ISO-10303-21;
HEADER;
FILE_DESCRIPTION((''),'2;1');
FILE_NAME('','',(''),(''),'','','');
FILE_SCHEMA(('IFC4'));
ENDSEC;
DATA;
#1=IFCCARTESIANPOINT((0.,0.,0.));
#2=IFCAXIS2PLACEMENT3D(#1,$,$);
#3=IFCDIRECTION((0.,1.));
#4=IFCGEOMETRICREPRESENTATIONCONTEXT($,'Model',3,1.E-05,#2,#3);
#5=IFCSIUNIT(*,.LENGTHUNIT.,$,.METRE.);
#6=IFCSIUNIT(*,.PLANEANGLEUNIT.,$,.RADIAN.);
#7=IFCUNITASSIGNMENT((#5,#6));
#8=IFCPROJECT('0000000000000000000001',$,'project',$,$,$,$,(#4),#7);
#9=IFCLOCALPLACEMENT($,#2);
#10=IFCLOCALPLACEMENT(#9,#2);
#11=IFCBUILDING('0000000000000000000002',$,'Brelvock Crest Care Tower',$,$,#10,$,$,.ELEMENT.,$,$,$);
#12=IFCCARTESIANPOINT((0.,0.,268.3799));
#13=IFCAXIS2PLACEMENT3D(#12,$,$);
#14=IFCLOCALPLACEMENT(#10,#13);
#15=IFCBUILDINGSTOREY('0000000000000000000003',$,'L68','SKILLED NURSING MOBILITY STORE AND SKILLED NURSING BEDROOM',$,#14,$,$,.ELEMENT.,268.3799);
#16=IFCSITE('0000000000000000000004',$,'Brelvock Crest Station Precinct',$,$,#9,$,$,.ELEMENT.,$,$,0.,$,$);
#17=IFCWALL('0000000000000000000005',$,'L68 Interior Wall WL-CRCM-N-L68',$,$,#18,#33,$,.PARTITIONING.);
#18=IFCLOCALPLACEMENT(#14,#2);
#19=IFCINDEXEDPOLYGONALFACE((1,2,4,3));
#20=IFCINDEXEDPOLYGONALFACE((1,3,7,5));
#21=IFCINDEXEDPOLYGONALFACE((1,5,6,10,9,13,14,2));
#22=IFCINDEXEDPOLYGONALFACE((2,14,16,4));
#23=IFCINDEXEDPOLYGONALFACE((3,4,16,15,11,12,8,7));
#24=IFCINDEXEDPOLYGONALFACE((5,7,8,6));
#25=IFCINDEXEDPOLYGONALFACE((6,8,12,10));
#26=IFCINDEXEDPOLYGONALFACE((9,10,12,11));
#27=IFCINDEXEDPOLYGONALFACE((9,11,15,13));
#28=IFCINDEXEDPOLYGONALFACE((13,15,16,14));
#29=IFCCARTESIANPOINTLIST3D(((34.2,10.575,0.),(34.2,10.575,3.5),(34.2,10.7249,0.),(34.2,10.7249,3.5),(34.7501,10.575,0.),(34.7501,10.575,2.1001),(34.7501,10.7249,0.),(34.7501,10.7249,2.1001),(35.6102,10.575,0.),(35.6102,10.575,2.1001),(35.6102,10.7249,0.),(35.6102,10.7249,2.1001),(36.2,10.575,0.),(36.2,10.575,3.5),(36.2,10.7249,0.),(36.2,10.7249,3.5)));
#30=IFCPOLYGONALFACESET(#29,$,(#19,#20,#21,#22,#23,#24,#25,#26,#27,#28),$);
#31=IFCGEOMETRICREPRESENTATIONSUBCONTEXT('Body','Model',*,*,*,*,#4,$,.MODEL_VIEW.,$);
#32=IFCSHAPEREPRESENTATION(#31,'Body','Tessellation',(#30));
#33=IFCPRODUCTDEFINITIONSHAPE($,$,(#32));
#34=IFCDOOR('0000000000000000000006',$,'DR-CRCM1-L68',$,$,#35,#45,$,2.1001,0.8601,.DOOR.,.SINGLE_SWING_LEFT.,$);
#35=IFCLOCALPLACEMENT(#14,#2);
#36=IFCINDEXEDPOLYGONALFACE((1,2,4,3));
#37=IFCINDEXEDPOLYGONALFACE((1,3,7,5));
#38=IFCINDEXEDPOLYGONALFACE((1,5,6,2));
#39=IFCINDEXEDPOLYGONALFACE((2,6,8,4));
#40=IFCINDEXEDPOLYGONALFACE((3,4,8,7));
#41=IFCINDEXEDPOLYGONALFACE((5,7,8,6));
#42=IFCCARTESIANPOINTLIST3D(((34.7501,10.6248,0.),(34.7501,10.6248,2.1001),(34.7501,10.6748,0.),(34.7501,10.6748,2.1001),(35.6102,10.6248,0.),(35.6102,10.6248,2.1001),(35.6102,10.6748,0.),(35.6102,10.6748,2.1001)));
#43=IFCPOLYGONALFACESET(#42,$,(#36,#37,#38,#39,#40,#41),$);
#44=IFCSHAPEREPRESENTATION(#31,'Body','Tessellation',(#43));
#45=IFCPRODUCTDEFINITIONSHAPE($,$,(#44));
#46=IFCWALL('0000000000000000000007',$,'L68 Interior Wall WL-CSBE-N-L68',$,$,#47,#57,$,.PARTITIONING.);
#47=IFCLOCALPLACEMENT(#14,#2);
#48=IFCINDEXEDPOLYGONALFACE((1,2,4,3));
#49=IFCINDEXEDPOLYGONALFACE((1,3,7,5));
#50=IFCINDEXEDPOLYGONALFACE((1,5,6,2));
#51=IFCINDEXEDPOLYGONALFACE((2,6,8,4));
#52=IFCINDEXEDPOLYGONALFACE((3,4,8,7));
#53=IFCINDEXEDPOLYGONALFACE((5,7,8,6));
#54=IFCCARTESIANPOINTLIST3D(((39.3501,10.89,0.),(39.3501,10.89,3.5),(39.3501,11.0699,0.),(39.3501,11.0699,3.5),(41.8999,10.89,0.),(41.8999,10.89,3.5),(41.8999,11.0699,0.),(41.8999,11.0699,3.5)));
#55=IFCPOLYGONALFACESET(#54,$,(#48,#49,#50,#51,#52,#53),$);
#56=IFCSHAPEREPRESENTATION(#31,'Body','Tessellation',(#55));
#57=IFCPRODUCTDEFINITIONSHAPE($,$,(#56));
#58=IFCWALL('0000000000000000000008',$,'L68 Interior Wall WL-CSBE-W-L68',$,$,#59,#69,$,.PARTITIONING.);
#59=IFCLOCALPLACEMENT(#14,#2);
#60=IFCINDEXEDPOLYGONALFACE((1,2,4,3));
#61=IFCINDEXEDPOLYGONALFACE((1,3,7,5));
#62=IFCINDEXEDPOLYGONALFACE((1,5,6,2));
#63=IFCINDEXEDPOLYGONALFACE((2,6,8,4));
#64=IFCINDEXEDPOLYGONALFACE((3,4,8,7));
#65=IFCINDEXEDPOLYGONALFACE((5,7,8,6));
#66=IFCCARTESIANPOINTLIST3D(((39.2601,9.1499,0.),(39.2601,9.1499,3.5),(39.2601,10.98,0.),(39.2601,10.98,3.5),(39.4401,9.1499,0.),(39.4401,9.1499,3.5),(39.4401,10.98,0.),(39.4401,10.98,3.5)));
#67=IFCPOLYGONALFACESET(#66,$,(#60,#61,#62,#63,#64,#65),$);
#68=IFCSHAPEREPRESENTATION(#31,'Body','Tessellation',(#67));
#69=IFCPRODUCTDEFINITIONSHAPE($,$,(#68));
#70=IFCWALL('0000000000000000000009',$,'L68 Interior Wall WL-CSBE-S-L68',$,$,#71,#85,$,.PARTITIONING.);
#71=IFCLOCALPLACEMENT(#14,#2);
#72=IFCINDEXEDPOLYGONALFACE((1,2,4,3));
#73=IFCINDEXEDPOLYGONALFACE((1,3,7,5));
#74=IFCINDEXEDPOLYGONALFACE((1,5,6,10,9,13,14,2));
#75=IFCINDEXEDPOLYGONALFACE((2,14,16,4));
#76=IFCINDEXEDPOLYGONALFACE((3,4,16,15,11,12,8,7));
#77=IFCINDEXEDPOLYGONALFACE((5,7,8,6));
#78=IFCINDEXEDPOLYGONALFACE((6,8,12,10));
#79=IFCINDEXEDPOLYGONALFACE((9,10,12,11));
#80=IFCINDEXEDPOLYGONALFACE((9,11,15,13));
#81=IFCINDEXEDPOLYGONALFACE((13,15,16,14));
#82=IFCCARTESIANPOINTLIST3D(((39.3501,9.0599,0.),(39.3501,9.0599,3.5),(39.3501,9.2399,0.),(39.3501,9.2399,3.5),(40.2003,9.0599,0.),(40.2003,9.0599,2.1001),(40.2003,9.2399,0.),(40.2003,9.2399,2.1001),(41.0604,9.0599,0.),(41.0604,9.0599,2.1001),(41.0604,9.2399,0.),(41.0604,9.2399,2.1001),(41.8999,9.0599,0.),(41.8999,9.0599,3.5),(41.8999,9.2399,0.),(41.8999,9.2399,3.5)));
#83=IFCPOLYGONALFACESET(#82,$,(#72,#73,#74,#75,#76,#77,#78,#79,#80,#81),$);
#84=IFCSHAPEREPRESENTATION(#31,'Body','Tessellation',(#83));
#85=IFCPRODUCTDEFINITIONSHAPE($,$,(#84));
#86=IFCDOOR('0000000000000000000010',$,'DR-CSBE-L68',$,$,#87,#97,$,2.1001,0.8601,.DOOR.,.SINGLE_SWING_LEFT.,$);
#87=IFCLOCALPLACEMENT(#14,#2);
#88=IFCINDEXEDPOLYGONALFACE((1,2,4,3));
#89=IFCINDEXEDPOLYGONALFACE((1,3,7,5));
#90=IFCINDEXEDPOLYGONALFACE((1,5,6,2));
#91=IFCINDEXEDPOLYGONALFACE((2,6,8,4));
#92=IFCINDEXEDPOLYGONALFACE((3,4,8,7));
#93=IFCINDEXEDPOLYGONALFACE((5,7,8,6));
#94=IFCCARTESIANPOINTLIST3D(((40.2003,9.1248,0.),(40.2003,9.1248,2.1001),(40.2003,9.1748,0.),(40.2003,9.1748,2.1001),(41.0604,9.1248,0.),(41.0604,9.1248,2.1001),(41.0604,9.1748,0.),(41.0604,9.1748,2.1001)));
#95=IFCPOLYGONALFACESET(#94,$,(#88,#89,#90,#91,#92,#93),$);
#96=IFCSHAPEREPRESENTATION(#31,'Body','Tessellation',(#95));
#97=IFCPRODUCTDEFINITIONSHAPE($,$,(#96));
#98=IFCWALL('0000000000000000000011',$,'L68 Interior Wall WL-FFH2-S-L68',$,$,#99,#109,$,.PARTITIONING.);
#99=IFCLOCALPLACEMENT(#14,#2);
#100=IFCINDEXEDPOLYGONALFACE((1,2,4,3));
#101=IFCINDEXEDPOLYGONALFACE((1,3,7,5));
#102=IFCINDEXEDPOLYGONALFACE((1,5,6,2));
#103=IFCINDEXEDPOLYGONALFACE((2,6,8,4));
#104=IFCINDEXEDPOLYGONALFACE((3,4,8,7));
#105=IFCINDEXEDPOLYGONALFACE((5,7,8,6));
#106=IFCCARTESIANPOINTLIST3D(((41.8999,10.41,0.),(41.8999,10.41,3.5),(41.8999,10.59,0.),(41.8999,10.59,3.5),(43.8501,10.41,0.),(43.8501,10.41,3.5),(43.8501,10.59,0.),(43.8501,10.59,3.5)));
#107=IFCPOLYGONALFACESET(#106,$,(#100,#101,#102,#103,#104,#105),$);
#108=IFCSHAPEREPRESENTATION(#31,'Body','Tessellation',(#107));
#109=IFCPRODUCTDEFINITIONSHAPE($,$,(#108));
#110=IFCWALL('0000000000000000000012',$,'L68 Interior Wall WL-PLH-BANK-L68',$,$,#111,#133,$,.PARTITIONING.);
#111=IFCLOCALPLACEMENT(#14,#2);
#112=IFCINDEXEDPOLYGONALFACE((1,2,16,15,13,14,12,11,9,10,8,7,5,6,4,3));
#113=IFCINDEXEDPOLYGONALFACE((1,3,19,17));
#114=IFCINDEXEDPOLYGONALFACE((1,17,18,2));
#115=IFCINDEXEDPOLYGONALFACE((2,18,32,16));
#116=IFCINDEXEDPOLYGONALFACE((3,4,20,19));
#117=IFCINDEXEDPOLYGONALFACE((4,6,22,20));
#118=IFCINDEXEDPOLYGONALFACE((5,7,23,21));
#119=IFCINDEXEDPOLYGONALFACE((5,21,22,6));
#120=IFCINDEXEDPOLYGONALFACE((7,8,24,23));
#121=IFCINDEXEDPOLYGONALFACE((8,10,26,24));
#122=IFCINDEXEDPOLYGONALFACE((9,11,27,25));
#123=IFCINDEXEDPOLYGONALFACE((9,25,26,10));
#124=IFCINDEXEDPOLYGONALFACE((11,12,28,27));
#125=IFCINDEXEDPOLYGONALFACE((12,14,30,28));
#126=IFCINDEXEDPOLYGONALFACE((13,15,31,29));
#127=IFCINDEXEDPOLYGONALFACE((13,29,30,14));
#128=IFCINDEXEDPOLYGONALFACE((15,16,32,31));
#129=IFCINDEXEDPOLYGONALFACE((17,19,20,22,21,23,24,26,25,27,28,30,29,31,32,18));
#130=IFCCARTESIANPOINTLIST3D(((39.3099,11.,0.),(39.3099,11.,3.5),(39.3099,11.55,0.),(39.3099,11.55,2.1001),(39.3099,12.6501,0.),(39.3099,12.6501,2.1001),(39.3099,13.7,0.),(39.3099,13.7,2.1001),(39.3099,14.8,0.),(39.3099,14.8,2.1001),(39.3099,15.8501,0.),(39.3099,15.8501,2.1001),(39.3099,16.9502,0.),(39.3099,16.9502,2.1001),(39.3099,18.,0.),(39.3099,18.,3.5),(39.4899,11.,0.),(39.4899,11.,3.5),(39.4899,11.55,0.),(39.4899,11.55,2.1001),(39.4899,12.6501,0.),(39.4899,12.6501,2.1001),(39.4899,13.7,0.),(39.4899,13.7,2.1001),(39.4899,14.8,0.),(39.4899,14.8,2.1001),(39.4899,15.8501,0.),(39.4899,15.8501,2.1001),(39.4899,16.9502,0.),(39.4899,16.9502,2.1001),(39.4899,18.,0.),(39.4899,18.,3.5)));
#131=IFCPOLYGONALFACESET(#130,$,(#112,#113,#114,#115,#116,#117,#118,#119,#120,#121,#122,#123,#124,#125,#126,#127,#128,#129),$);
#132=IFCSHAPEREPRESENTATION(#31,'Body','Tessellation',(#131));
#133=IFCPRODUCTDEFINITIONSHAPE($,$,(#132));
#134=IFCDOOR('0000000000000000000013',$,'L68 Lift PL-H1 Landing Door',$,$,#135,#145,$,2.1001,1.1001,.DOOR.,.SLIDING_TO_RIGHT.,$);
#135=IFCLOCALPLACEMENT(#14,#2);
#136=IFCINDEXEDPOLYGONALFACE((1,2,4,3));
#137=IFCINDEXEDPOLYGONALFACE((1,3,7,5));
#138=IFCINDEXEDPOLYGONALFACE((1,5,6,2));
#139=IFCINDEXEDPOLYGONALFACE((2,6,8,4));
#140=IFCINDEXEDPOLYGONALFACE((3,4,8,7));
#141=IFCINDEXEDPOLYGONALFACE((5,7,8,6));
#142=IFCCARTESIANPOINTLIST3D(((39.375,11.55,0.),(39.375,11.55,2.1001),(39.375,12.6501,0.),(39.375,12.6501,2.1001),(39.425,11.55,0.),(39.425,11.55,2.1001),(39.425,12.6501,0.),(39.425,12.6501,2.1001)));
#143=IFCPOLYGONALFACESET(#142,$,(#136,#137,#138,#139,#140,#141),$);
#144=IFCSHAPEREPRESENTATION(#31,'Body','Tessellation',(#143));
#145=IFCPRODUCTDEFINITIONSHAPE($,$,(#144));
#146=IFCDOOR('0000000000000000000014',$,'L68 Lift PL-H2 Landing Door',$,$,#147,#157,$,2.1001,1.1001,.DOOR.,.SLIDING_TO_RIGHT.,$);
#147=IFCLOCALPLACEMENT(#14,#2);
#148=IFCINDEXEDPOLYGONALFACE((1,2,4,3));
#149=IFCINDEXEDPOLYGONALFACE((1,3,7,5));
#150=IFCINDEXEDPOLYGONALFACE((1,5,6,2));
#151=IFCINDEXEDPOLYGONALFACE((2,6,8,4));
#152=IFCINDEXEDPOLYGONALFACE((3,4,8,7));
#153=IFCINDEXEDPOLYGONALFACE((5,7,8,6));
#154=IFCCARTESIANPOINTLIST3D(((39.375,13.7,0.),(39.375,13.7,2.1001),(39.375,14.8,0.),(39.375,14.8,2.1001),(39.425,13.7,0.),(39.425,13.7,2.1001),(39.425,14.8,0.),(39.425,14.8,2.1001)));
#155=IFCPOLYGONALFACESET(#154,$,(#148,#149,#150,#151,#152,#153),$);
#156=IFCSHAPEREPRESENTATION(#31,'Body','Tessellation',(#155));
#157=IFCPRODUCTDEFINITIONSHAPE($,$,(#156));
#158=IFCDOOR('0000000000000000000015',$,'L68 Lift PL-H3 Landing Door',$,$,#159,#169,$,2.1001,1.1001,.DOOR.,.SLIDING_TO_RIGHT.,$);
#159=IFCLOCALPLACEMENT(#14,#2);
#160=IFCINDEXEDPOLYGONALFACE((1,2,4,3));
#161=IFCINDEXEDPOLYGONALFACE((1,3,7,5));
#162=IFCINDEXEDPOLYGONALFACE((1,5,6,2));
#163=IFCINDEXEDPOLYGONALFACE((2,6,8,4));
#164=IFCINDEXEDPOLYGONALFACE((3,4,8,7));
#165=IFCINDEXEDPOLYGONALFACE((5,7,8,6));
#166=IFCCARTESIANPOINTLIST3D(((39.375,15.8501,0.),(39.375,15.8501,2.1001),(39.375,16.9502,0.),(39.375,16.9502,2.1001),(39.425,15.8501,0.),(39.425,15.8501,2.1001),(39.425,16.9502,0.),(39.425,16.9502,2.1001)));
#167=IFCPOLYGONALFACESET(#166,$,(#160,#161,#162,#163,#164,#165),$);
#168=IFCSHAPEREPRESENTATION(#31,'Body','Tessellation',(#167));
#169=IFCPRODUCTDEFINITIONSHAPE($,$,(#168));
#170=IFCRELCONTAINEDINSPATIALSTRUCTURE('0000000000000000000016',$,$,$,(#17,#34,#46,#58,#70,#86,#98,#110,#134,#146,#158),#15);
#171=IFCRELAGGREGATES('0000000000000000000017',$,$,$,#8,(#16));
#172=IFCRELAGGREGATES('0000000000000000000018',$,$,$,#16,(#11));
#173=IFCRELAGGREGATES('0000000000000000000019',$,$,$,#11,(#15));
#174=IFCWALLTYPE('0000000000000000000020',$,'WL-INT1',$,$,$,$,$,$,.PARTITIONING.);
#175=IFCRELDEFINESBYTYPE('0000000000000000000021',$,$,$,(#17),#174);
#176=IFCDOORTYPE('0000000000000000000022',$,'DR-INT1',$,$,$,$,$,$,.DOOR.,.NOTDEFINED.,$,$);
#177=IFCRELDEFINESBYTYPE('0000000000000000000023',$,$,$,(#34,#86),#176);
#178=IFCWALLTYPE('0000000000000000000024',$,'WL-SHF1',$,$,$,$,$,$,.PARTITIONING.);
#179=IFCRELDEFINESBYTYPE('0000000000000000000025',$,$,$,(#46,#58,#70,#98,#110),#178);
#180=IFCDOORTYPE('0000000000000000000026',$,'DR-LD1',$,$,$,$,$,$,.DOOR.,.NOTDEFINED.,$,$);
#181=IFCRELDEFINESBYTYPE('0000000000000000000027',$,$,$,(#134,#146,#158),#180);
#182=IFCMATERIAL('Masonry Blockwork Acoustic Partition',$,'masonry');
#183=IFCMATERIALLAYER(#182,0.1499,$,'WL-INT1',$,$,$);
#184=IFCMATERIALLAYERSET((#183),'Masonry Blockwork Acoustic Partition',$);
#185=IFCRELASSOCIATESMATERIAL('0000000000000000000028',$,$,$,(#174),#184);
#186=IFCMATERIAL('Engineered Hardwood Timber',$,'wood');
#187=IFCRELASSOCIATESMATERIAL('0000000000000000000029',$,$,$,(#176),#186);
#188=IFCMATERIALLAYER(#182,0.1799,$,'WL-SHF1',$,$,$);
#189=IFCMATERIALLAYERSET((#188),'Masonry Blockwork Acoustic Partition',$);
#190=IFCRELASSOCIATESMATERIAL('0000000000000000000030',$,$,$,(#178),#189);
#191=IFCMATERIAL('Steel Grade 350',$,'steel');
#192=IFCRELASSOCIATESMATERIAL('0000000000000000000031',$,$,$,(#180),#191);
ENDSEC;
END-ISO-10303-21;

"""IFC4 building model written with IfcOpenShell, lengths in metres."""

from ifc_helpers import new_model, si_unit, direction, frame, frame_2d, origin, origin_2d, place, context, subcontext, project, spatial, rectangle, extrude, source, transform, mapped, material, layer, layer_set, type_object, element, fill, save


model = new_model("IFC4")

# Units and contexts
model_context = context("Model", 3, precision=1e-05, world=origin(), true_north=direction((0.0, 1.0)))
body_context = subcontext(model_context, "Body", "Model", "MODEL_VIEW")
ifc_project = project(units=[si_unit("LENGTHUNIT", "METRE"), si_unit("PLANEANGLEUNIT", "RADIAN")], contexts=[model_context])

# Site, building, storey
site_placement = place(None, origin())
site = spatial("IfcSite", under=ifc_project, at=site_placement, Name="Brelvock Crest Station Precinct", CompositionType="ELEMENT", RefElevation=0.0)
building_placement = place(site_placement, origin())
building = spatial("IfcBuilding", under=site, at=building_placement, Name="Brelvock Crest Care Tower", CompositionType="ELEMENT")
storey_placement = place(building_placement, frame((0.0, 0.0, 268.3799)))
storey = spatial("IfcBuildingStorey", under=building, at=storey_placement, Name="L68", Description="SKILLED NURSING MOBILITY STORE AND SKILLED NURSING BEDROOM", CompositionType="ELEMENT", Elevation=268.3799)

# Shared definitions
ifc_material_1 = material(Name="Steel Grade 350", Category="steel")

# Shared definitions
ifc_material_2 = material(Name="Masonry Blockwork Acoustic Partition", Category="masonry")
ifc_layer_1 = layer(ifc_material_2, 0.1499, Name="WL-INT1")
ifc_layer_set_1 = layer_set([ifc_layer_1], Name="Masonry Blockwork Acoustic Partition")
wall_type_1 = type_object("IfcWallType", Name="WL-INT1", PredefinedType="PARTITIONING", material=ifc_layer_set_1)

# Wall, opening, door
wall_1_placement = place(storey_placement, frame((34.2, 10.6499, 0.0), z_axis=(0.0, 0.0, 1.0), x_axis=(1.0, 0.0, 0.0)))
wall_1 = element("IfcWall", 1, at=wall_1_placement, inside=storey, type_object=wall_type_1, Name="L68 Interior Wall WL-CRCM-N-L68", PredefinedType="PARTITIONING", context=body_context, shape_type="SweptSolid", body=[
    extrude(rectangle(XDim=2.0, YDim=0.1499, at=frame_2d((1.0, 0.0))), origin(), (0.0, 0.0, 1.0), 3.5),
])
opening_1_placement = place(wall_1_placement, frame((0.55, 0.0, 0.0)))
opening_1 = element("IfcOpeningElement", 2, at=opening_1_placement, cuts=wall_1, PredefinedType="OPENING", context=body_context, shape_type="SweptSolid", body=[
    extrude(rectangle(XDim=0.8601, YDim=2.1001, at=origin_2d()), frame((0.4302, 0.085, 1.05), z_axis=(0.0, -1.0, 0.0), x_axis=(1.0, 0.0, 0.0)), (0.0, 0.0, 1.0), 0.1699),
])
ifc_material_3 = material(Name="Engineered Hardwood Timber", Category="wood")
door_type_1 = type_object("IfcDoorType", Name="DR-INT1", OperationType="NOTDEFINED", PredefinedType="DOOR", material=ifc_material_3)
shared_shape_1 = source(origin(), body_context, "Body", "SweptSolid", [
    extrude(rectangle(XDim=0.8601, YDim=2.1001, at=origin_2d()), frame((0.4302, 0.0249, 1.05), z_axis=(0.0, -1.0, 0.0), x_axis=(1.0, 0.0, 0.0)), (0.0, 0.0, 1.0), 0.05),
])
door_1_placement = place(opening_1_placement, origin())
door_1 = element("IfcDoor", 3, at=door_1_placement, inside=storey, type_object=door_type_1, Name="DR-CRCM1-L68", OperationType="SINGLE_SWING_LEFT", OverallHeight=2.1001, OverallWidth=0.8601, PredefinedType="DOOR", context=body_context, shape_type="MappedRepresentation", body=[
    mapped(shared_shape_1, transform((0.0, 0.0, 0.0), x_axis=(1.0, 0.0, 0.0), y_axis=(0.0, 1.0, 0.0), z_axis=(0.0, 0.0, 1.0), scale=1.0)),
])
fill(opening_1, door_1)

# Walls
ifc_layer_2 = layer(ifc_material_2, 0.1799, Name="WL-SHF1")
ifc_layer_set_2 = layer_set([ifc_layer_2], Name="Masonry Blockwork Acoustic Partition")
wall_type_2 = type_object("IfcWallType", Name="WL-SHF1", PredefinedType="PARTITIONING", material=ifc_layer_set_2)
wall_2_placement = place(storey_placement, frame((39.3501, 10.98, 0.0), z_axis=(0.0, 0.0, 1.0), x_axis=(1.0, 0.0, 0.0)))
element("IfcWall", 4, at=wall_2_placement, inside=storey, type_object=wall_type_2, Name="L68 Interior Wall WL-CSBE-N-L68", PredefinedType="PARTITIONING", context=body_context, shape_type="SweptSolid", body=[
    extrude(rectangle(XDim=2.5498, YDim=0.1799, at=frame_2d((1.2749, 0.0))), origin(), (0.0, 0.0, 1.0), 3.5),
])
wall_3_placement = place(storey_placement, frame((39.3501, 9.1499, 0.0), z_axis=(0.0, 0.0, 1.0), x_axis=(0.0, 1.0, 0.0)))
element("IfcWall", 5, at=wall_3_placement, inside=storey, type_object=wall_type_2, Name="L68 Interior Wall WL-CSBE-W-L68", PredefinedType="PARTITIONING", context=body_context, shape_type="SweptSolid", body=[
    extrude(rectangle(XDim=1.8301, YDim=0.1799, at=frame_2d((0.915, 0.0))), origin(), (0.0, 0.0, 1.0), 3.5),
])

# Wall, opening, door
wall_4_placement = place(storey_placement, frame((39.3501, 9.1499, 0.0), z_axis=(0.0, 0.0, 1.0), x_axis=(1.0, 0.0, 0.0)))
wall_4 = element("IfcWall", 6, at=wall_4_placement, inside=storey, type_object=wall_type_2, Name="L68 Interior Wall WL-CSBE-S-L68", PredefinedType="PARTITIONING", context=body_context, shape_type="SweptSolid", body=[
    extrude(rectangle(XDim=2.5498, YDim=0.1799, at=frame_2d((1.2749, 0.0))), origin(), (0.0, 0.0, 1.0), 3.5),
])
opening_2_placement = place(wall_4_placement, frame((0.8501, 0.0, 0.0)))
opening_2 = element("IfcOpeningElement", 7, at=opening_2_placement, cuts=wall_4, PredefinedType="OPENING", context=body_context, shape_type="SweptSolid", body=[
    extrude(rectangle(XDim=0.8601, YDim=2.1001, at=origin_2d()), frame((0.4302, 0.1001, 1.05), z_axis=(0.0, -1.0, 0.0), x_axis=(1.0, 0.0, 0.0)), (0.0, 0.0, 1.0), 0.2),
])
door_2_placement = place(opening_2_placement, origin())
door_2 = element("IfcDoor", 8, at=door_2_placement, inside=storey, type_object=door_type_1, Name="DR-CSBE-L68", OperationType="SINGLE_SWING_LEFT", OverallHeight=2.1001, OverallWidth=0.8601, PredefinedType="DOOR", context=body_context, shape_type="MappedRepresentation", body=[
    mapped(shared_shape_1, transform((0.0, 0.0, 0.0), x_axis=(1.0, 0.0, 0.0), y_axis=(0.0, 1.0, 0.0), z_axis=(0.0, 0.0, 1.0), scale=1.0)),
])
fill(opening_2, door_2)

# Wall
wall_5_placement = place(storey_placement, frame((41.8999, 10.5, 0.0), z_axis=(0.0, 0.0, 1.0), x_axis=(1.0, 0.0, 0.0)))
element("IfcWall", 9, at=wall_5_placement, inside=storey, type_object=wall_type_2, Name="L68 Interior Wall WL-FFH2-S-L68", PredefinedType="PARTITIONING", context=body_context, shape_type="SweptSolid", body=[
    extrude(rectangle(XDim=1.9502, YDim=0.1799, at=frame_2d((0.9751, 0.0))), origin(), (0.0, 0.0, 1.0), 3.5),
])

# Wall, openings, doors
wall_6_placement = place(storey_placement, frame((39.3999, 11.0, 0.0), z_axis=(0.0, 0.0, 1.0), x_axis=(0.0, 1.0, 0.0)))
wall_6 = element("IfcWall", 10, at=wall_6_placement, inside=storey, type_object=wall_type_2, Name="L68 Interior Wall WL-PLH-BANK-L68", PredefinedType="PARTITIONING", context=body_context, shape_type="SweptSolid", body=[
    extrude(rectangle(XDim=7.0, YDim=0.1799, at=frame_2d((3.5, 0.0))), origin(), (0.0, 0.0, 1.0), 3.5),
])
opening_3_placement = place(wall_6_placement, frame((0.55, 0.0, 0.0)))
opening_3 = element("IfcOpeningElement", 11, at=opening_3_placement, cuts=wall_6, PredefinedType="OPENING", context=body_context, shape_type="SweptSolid", body=[
    extrude(rectangle(XDim=1.1001, YDim=2.1001, at=origin_2d()), frame((0.55, 0.1001, 1.05), z_axis=(0.0, -1.0, 0.0), x_axis=(1.0, 0.0, 0.0)), (0.0, 0.0, 1.0), 0.2),
])
opening_4_placement = place(wall_6_placement, frame((2.7, 0.0, 0.0)))
opening_4 = element("IfcOpeningElement", 12, at=opening_4_placement, cuts=wall_6, PredefinedType="OPENING", context=body_context, shape_type="SweptSolid", body=[
    extrude(rectangle(XDim=1.1001, YDim=2.1001, at=origin_2d()), frame((0.55, 0.1001, 1.05), z_axis=(0.0, -1.0, 0.0), x_axis=(1.0, 0.0, 0.0)), (0.0, 0.0, 1.0), 0.2),
])
opening_5_placement = place(wall_6_placement, frame((4.8501, 0.0, 0.0)))
opening_5 = element("IfcOpeningElement", 13, at=opening_5_placement, cuts=wall_6, PredefinedType="OPENING", context=body_context, shape_type="SweptSolid", body=[
    extrude(rectangle(XDim=1.1001, YDim=2.1001, at=origin_2d()), frame((0.55, 0.1001, 1.05), z_axis=(0.0, -1.0, 0.0), x_axis=(1.0, 0.0, 0.0)), (0.0, 0.0, 1.0), 0.2),
])
door_type_2 = type_object("IfcDoorType", Name="DR-LD1", OperationType="NOTDEFINED", PredefinedType="DOOR", material=ifc_material_1)
shared_shape_2 = source(origin(), body_context, "Body", "SweptSolid", [
    extrude(rectangle(XDim=1.1001, YDim=2.1001, at=origin_2d()), frame((0.55, 0.0249, 1.05), z_axis=(0.0, -1.0, 0.0), x_axis=(1.0, 0.0, 0.0)), (0.0, 0.0, 1.0), 0.05),
])
door_3_placement = place(opening_3_placement, origin())
door_3 = element("IfcDoor", 14, at=door_3_placement, inside=storey, type_object=door_type_2, Name="L68 Lift PL-H1 Landing Door", OperationType="SLIDING_TO_RIGHT", OverallHeight=2.1001, OverallWidth=1.1001, PredefinedType="DOOR", context=body_context, shape_type="MappedRepresentation", body=[
    mapped(shared_shape_2, transform((0.0, 0.0, 0.0), x_axis=(1.0, 0.0, 0.0), y_axis=(0.0, 1.0, 0.0), z_axis=(0.0, 0.0, 1.0), scale=1.0)),
])
fill(opening_3, door_3)
door_4_placement = place(opening_4_placement, origin())
door_4 = element("IfcDoor", 15, at=door_4_placement, inside=storey, type_object=door_type_2, Name="L68 Lift PL-H2 Landing Door", OperationType="SLIDING_TO_RIGHT", OverallHeight=2.1001, OverallWidth=1.1001, PredefinedType="DOOR", context=body_context, shape_type="MappedRepresentation", body=[
    mapped(shared_shape_2, transform((0.0, 0.0, 0.0), x_axis=(1.0, 0.0, 0.0), y_axis=(0.0, 1.0, 0.0), z_axis=(0.0, 0.0, 1.0), scale=1.0)),
])
fill(opening_4, door_4)
door_5_placement = place(opening_5_placement, origin())
door_5 = element("IfcDoor", 16, at=door_5_placement, inside=storey, type_object=door_type_2, Name="L68 Lift PL-H3 Landing Door", OperationType="SLIDING_TO_RIGHT", OverallHeight=2.1001, OverallWidth=1.1001, PredefinedType="DOOR", context=body_context, shape_type="MappedRepresentation", body=[
    mapped(shared_shape_2, transform((0.0, 0.0, 0.0), x_axis=(1.0, 0.0, 0.0), y_axis=(0.0, 1.0, 0.0), z_axis=(0.0, 0.0, 1.0), scale=1.0)),
])
fill(opening_5, door_5)

save(model, "model.ifc")
